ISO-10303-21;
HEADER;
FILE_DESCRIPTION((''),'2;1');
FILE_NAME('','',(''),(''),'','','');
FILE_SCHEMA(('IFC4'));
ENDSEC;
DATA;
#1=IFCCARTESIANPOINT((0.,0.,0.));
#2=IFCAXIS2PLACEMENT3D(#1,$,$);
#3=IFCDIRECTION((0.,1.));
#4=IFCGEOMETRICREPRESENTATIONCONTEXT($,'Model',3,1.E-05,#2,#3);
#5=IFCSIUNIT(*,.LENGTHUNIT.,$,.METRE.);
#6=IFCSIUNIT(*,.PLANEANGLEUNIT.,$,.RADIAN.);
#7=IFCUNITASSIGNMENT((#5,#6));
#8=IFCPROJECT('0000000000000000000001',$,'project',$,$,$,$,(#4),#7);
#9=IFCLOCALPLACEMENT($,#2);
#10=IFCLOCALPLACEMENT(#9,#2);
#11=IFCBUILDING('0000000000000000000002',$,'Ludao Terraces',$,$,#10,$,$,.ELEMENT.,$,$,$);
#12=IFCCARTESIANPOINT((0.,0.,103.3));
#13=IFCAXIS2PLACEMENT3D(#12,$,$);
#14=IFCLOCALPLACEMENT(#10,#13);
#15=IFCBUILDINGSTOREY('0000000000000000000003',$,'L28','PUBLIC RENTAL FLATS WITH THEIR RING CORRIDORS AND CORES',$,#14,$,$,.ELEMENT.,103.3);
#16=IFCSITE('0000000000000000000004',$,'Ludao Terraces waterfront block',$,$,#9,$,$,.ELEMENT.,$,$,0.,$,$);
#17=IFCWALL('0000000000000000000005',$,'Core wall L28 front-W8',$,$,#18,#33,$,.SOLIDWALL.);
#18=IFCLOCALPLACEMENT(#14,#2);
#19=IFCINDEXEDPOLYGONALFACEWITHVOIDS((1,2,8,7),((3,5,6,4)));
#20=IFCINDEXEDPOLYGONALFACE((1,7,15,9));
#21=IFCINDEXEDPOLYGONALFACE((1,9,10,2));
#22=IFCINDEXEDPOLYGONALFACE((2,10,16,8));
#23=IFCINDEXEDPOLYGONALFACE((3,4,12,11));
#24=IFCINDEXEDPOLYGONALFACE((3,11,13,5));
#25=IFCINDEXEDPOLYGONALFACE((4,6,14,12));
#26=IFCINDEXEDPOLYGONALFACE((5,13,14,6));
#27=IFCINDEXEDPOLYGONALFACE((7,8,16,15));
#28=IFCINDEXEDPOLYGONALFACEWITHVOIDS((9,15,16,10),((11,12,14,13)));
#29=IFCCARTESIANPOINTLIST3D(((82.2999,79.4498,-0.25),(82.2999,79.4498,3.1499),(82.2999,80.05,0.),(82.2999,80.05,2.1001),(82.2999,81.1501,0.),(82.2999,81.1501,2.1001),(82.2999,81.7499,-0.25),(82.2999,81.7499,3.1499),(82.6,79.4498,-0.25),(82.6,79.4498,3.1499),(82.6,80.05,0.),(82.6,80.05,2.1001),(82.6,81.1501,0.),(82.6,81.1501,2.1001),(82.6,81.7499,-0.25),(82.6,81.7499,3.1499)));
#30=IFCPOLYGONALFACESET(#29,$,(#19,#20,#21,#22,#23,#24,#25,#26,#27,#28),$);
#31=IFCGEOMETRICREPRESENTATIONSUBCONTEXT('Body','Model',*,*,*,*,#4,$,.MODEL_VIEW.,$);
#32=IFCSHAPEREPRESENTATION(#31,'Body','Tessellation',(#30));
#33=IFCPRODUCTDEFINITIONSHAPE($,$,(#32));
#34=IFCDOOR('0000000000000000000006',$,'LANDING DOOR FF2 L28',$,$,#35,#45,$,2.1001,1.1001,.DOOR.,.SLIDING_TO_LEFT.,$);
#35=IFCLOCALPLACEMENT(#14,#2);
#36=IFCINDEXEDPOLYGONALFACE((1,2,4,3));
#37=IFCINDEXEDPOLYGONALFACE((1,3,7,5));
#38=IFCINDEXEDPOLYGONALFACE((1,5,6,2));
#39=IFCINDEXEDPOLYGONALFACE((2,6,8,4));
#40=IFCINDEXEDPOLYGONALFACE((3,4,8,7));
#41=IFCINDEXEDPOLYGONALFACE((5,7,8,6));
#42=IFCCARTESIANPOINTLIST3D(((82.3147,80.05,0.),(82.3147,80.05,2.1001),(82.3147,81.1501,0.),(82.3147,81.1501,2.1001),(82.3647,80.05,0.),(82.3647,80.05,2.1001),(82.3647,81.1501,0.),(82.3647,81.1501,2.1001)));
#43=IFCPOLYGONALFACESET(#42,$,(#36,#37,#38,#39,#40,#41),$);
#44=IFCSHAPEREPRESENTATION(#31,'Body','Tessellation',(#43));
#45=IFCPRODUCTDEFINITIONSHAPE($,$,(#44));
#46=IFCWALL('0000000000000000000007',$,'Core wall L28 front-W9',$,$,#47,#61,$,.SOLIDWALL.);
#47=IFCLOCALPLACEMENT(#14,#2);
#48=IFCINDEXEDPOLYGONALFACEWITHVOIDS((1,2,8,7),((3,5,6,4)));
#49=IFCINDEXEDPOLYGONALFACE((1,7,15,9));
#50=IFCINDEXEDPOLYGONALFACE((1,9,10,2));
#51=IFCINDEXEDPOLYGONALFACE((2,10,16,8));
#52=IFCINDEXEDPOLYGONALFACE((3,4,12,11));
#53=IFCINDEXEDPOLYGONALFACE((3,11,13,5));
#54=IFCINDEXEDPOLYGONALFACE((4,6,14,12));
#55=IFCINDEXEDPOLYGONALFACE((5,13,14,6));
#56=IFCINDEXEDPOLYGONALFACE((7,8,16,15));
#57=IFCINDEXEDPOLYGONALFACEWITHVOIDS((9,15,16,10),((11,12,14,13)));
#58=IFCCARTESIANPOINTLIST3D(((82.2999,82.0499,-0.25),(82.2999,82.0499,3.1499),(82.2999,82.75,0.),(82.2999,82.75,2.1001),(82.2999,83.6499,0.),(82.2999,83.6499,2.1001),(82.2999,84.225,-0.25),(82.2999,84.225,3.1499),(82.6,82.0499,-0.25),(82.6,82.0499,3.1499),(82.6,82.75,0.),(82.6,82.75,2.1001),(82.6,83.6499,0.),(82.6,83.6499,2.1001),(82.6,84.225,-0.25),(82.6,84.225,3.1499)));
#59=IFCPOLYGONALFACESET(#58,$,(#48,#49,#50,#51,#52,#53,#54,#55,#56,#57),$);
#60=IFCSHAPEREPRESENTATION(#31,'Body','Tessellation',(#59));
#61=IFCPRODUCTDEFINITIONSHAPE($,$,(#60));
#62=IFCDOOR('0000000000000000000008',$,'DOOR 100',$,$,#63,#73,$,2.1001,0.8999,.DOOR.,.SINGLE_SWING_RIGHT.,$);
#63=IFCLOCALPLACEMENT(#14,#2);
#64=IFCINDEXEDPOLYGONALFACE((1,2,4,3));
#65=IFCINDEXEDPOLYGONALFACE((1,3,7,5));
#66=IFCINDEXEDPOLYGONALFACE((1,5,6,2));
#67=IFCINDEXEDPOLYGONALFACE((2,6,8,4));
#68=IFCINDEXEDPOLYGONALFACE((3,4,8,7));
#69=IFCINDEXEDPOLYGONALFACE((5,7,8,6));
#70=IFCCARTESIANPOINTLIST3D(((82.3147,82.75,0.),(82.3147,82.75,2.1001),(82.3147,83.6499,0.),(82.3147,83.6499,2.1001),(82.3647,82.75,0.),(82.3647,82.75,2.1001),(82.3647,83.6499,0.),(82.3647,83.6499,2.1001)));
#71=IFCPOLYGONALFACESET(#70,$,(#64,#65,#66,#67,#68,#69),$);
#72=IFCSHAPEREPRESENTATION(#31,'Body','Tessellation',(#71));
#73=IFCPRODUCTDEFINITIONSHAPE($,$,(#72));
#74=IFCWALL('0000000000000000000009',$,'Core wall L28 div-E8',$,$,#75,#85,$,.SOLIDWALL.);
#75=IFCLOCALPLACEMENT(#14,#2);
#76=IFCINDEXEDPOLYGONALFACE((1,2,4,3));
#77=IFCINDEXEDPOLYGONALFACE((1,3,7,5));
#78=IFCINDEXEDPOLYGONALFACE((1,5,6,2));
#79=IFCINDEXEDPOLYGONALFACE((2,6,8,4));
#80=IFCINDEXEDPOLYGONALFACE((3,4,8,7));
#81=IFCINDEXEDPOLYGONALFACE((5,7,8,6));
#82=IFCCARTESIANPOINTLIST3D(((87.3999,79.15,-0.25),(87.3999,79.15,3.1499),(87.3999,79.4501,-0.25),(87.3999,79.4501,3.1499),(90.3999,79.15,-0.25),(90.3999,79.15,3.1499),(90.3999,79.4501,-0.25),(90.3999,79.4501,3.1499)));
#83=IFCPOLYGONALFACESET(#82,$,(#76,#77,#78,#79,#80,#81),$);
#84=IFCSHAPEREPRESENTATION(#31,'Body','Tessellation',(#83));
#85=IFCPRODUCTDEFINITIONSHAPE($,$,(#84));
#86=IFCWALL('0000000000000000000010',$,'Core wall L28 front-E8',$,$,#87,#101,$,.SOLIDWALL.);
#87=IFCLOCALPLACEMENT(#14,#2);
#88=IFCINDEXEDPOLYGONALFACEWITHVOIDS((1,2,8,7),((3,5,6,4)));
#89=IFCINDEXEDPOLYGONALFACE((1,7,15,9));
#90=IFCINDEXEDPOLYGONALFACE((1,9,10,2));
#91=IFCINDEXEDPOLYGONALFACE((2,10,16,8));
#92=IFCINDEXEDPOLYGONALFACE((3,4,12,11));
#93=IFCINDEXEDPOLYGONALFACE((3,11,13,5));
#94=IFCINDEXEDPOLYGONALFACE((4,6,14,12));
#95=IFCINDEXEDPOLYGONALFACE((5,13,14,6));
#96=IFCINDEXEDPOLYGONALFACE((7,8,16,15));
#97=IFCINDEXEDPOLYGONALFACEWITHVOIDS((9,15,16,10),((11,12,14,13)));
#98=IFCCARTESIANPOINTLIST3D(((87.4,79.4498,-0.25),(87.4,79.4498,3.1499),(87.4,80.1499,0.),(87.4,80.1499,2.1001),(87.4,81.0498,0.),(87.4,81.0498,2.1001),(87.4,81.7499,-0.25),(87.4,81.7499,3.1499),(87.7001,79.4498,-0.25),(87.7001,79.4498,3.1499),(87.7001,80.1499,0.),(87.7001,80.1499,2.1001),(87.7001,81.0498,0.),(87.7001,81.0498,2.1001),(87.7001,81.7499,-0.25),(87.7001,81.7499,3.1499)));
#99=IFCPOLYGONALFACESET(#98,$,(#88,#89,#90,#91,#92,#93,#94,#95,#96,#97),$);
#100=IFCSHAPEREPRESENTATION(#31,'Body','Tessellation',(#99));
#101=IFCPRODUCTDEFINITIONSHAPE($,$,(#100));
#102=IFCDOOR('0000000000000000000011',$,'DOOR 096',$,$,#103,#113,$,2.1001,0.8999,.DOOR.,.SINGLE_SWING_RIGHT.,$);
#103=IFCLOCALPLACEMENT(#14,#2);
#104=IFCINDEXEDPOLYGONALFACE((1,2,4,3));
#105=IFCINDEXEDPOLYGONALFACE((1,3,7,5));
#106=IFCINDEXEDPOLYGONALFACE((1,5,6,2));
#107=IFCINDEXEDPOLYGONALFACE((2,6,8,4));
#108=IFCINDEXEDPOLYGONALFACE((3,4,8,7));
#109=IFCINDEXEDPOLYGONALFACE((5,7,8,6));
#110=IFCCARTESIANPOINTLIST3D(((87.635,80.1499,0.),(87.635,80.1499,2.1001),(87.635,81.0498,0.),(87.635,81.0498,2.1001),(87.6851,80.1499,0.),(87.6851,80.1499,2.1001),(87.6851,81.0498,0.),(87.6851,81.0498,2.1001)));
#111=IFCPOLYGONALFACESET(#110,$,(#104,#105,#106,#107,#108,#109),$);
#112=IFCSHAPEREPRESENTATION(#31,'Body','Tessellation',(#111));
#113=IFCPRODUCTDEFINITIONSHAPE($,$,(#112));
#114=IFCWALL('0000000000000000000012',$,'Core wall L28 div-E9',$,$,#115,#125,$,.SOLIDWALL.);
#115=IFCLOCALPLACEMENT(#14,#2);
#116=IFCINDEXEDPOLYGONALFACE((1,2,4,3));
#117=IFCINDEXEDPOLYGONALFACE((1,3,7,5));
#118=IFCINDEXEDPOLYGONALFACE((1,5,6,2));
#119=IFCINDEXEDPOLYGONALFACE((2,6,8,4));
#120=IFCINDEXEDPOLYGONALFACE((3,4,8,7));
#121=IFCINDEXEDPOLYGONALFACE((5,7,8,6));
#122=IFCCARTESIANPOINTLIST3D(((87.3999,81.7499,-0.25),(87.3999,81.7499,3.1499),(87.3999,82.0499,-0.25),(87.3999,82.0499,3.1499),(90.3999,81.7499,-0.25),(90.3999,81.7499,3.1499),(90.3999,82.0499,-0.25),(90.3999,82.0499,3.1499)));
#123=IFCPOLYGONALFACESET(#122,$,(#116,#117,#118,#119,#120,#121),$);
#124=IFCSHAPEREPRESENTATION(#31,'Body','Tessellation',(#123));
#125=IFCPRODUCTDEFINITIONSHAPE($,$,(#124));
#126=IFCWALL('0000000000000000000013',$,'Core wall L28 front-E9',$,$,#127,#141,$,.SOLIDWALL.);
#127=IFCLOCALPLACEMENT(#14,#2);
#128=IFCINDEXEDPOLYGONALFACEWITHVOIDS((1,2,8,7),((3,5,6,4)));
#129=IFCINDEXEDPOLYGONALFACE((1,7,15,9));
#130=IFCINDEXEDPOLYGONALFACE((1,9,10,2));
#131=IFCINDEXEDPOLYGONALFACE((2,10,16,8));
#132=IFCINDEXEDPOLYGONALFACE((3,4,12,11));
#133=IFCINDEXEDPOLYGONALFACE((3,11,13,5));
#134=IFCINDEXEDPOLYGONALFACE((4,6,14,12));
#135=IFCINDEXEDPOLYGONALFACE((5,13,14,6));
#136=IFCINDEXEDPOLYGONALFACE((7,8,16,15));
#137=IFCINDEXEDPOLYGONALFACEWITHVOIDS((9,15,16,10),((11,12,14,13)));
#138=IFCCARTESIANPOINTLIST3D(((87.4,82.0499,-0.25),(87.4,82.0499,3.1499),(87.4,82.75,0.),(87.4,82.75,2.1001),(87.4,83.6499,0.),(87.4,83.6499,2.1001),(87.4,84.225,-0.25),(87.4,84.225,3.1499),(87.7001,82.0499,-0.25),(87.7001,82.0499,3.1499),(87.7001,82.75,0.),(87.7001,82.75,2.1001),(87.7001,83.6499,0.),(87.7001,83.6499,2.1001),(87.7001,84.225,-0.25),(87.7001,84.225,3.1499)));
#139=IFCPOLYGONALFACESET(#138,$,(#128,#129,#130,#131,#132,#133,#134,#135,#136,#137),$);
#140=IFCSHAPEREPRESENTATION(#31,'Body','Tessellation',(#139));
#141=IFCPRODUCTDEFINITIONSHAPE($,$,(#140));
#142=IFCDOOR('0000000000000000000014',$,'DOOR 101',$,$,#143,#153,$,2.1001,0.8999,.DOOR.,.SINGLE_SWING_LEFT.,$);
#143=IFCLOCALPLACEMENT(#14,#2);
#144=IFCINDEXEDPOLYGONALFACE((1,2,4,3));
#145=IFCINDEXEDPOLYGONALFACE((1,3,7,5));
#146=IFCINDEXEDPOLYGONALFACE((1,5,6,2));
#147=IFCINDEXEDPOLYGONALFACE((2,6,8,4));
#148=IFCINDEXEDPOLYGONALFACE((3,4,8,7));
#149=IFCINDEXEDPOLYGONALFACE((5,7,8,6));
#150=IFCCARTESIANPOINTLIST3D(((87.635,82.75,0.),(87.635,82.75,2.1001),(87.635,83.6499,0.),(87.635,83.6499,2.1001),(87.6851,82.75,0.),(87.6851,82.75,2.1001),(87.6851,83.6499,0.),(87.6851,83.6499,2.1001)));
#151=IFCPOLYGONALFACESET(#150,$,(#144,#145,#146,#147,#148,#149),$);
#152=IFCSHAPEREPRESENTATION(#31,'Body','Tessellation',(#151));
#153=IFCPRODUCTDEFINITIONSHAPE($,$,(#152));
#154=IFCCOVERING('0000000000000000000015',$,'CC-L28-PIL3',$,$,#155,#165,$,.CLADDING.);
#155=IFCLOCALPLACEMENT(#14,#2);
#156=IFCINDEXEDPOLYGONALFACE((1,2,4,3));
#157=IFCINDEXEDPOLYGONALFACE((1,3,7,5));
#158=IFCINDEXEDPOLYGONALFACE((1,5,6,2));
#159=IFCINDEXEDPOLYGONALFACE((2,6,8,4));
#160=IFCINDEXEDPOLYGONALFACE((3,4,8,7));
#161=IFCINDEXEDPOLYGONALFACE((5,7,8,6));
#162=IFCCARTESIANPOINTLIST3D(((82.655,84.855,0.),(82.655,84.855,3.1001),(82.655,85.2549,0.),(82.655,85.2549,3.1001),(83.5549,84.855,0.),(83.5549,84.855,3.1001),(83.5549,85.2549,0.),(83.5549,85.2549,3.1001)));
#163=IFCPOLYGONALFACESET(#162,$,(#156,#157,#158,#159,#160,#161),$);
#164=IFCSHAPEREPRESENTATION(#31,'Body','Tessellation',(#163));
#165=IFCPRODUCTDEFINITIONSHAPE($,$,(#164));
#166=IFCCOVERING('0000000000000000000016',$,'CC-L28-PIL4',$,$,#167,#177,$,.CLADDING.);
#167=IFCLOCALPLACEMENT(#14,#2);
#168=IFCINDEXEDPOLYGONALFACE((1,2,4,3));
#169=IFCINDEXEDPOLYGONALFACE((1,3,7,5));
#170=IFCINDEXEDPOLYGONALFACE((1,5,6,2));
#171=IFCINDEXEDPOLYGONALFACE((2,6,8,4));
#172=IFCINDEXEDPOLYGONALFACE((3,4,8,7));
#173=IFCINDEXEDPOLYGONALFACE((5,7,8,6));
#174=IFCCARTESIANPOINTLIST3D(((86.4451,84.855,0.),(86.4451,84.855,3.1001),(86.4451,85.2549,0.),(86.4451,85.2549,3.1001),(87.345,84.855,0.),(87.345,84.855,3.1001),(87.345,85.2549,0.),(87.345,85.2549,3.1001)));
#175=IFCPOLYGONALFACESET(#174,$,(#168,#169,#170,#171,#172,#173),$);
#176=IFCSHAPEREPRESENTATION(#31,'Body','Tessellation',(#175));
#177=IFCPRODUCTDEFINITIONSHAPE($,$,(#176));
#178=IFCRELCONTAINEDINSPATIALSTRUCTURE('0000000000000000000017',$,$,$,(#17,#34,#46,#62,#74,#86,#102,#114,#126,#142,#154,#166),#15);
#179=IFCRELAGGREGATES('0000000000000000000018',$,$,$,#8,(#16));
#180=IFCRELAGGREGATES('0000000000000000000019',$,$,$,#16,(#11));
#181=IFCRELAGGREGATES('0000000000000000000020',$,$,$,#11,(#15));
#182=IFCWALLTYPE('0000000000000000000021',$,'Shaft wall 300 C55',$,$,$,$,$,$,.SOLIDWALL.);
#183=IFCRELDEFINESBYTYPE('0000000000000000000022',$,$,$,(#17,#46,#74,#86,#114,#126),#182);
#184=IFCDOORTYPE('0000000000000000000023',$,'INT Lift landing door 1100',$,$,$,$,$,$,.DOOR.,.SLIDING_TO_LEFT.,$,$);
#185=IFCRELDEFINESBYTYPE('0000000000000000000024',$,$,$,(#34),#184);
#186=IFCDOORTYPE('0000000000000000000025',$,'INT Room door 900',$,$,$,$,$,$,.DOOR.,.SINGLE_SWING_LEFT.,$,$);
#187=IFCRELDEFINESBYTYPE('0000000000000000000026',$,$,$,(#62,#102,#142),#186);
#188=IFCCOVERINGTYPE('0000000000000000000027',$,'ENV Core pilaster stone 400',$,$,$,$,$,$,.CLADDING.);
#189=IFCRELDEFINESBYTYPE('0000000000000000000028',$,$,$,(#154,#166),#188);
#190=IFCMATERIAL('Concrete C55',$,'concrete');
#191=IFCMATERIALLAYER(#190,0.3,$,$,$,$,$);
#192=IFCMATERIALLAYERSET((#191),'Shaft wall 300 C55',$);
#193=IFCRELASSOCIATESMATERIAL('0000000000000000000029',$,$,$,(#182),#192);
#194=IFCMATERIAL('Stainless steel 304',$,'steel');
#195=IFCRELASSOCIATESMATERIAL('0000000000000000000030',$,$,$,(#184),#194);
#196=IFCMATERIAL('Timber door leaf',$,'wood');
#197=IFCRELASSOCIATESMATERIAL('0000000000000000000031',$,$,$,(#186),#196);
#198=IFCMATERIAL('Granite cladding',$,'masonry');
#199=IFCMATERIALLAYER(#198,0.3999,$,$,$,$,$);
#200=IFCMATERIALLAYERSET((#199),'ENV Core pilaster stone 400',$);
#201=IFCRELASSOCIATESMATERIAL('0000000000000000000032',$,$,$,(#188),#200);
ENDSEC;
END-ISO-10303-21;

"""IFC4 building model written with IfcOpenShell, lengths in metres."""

from ifc_helpers import new_model, si_unit, direction, frame, frame_2d, origin, origin_2d, place, context, subcontext, project, spatial, rectangle, extrude, material, layer, layer_set, type_object, element, fill, save


model = new_model("IFC4")

# Units and contexts
model_context = context("Model", 3, precision=1e-05, world=origin(), true_north=direction((0.0, 1.0)))
body_context = subcontext(model_context, "Body", "Model", "MODEL_VIEW")
ifc_project = project(units=[si_unit("LENGTHUNIT", "METRE"), si_unit("PLANEANGLEUNIT", "RADIAN")], contexts=[model_context])

# Site, building, storey
site_placement = place(None, origin())
site = spatial("IfcSite", under=ifc_project, at=site_placement, Name="Ludao Terraces waterfront block", CompositionType="ELEMENT", RefElevation=0.0)
building_placement = place(site_placement, origin())
building = spatial("IfcBuilding", under=site, at=building_placement, Name="Ludao Terraces", CompositionType="ELEMENT")
storey_placement = place(building_placement, frame((0.0, 0.0, 103.3)))
storey = spatial("IfcBuildingStorey", under=building, at=storey_placement, Name="L28", Description="PUBLIC RENTAL FLATS WITH THEIR RING CORRIDORS AND CORES", CompositionType="ELEMENT", Elevation=103.3)

# Walls, openings, doors
ifc_material_1 = material(Name="Concrete C55", Category="concrete")
ifc_layer_1 = layer(ifc_material_1, 0.3)
ifc_layer_set_1 = layer_set([ifc_layer_1], Name="Shaft wall 300 C55")
wall_type = type_object("IfcWallType", Name="Shaft wall 300 C55", PredefinedType="SOLIDWALL", material=ifc_layer_set_1)
wall_1_placement = place(storey_placement, frame((82.45, 79.45, -0.25), z_axis=(0.0, 0.0, 1.0), x_axis=(0.0, 1.0, 0.0)))
wall_1 = element("IfcWall", 1, at=wall_1_placement, inside=storey, type_object=wall_type, Name="Core wall L28 front-W8", PredefinedType="SOLIDWALL", context=body_context, shape_type="SweptSolid", body=[
    extrude(rectangle(XDim=2.3, YDim=0.3, at=frame_2d((1.1499, 0.0))), origin(), (0.0, 0.0, 1.0), 3.3999),
])
opening_1_placement = place(wall_1_placement, frame((0.6001, 0.0, 0.25)))
opening_1 = element("IfcOpeningElement", 2, at=opening_1_placement, cuts=wall_1, PredefinedType="OPENING", context=body_context, shape_type="SweptSolid", body=[
    extrude(rectangle(XDim=1.1001, YDim=2.1001, at=frame_2d((0.55, 1.05))), frame((0.0, 0.1602, 0.0), z_axis=(0.0, -1.0, 0.0), x_axis=(1.0, 0.0, 0.0)), (0.0, 0.0, 1.0), 0.3201),
])
ifc_material_2 = material(Name="Stainless steel 304", Category="steel")
door_type_1 = type_object("IfcDoorType", Name="INT Lift landing door 1100", OperationType="SLIDING_TO_LEFT", PredefinedType="DOOR", material=ifc_material_2)
door_1_placement = place(opening_1_placement, origin())
door_1 = element("IfcDoor", 3, at=door_1_placement, inside=storey, type_object=door_type_1, Name="LANDING DOOR FF2 L28", OperationType="SLIDING_TO_LEFT", OverallHeight=2.1001, OverallWidth=1.1001, PredefinedType="DOOR", context=body_context, shape_type="SweptSolid", body=[
    extrude(rectangle(XDim=1.1001, YDim=2.1001, at=frame_2d((0.55, 1.05))), frame((0.0, 0.1353, 0.0), z_axis=(0.0, -1.0, 0.0), x_axis=(1.0, 0.0, 0.0)), (0.0, 0.0, 1.0), 0.05),
])
fill(opening_1, door_1)
wall_2_placement = place(storey_placement, frame((82.45, 82.05, -0.25), z_axis=(0.0, 0.0, 1.0), x_axis=(0.0, 1.0, 0.0)))
wall_2 = element("IfcWall", 4, at=wall_2_placement, inside=storey, type_object=wall_type, Name="Core wall L28 front-W9", PredefinedType="SOLIDWALL", context=body_context, shape_type="SweptSolid", body=[
    extrude(rectangle(XDim=2.175, YDim=0.3, at=frame_2d((1.0874, 0.0))), origin(), (0.0, 0.0, 1.0), 3.3999),
])
opening_2_placement = place(wall_2_placement, frame((0.7, 0.0, 0.25)))
opening_2 = element("IfcOpeningElement", 5, at=opening_2_placement, cuts=wall_2, PredefinedType="OPENING", context=body_context, shape_type="SweptSolid", body=[
    extrude(rectangle(XDim=0.8999, YDim=2.1001, at=frame_2d((0.45, 1.05))), frame((0.0, 0.1602, 0.0), z_axis=(0.0, -1.0, 0.0), x_axis=(1.0, 0.0, 0.0)), (0.0, 0.0, 1.0), 0.3201),
])
ifc_material_3 = material(Name="Timber door leaf", Category="wood")
door_type_2 = type_object("IfcDoorType", Name="INT Room door 900", OperationType="SINGLE_SWING_LEFT", PredefinedType="DOOR", material=ifc_material_3)
door_2_placement = place(opening_2_placement, origin())
door_2 = element("IfcDoor", 6, at=door_2_placement, inside=storey, type_object=door_type_2, Name="DOOR 100", OperationType="SINGLE_SWING_RIGHT", OverallHeight=2.1001, OverallWidth=0.8999, PredefinedType="DOOR", context=body_context, shape_type="SweptSolid", body=[
    extrude(rectangle(XDim=0.8999, YDim=2.1001, at=frame_2d((0.45, 1.05))), frame((0.0, 0.1353, 0.0), z_axis=(0.0, -1.0, 0.0), x_axis=(1.0, 0.0, 0.0)), (0.0, 0.0, 1.0), 0.05),
])
fill(opening_2, door_2)

# Wall
wall_3_placement = place(storey_placement, frame((87.3999, 79.3, -0.25), z_axis=(0.0, 0.0, 1.0), x_axis=(1.0, 0.0, 0.0)))
element("IfcWall", 7, at=wall_3_placement, inside=storey, type_object=wall_type, Name="Core wall L28 div-E8", PredefinedType="SOLIDWALL", context=body_context, shape_type="SweptSolid", body=[
    extrude(rectangle(XDim=3.0, YDim=0.3, at=frame_2d((1.5, 0.0))), origin(), (0.0, 0.0, 1.0), 3.3999),
])

# Wall, opening, door
wall_4_placement = place(storey_placement, frame((87.55, 79.45, -0.25), z_axis=(0.0, 0.0, 1.0), x_axis=(0.0, 1.0, 0.0)))
wall_4 = element("IfcWall", 8, at=wall_4_placement, inside=storey, type_object=wall_type, Name="Core wall L28 front-E8", PredefinedType="SOLIDWALL", context=body_context, shape_type="SweptSolid", body=[
    extrude(rectangle(XDim=2.3, YDim=0.3, at=frame_2d((1.1499, 0.0))), origin(), (0.0, 0.0, 1.0), 3.3999),
])
opening_3_placement = place(wall_4_placement, frame((0.7, 0.0, 0.25)))
opening_3 = element("IfcOpeningElement", 9, at=opening_3_placement, cuts=wall_4, PredefinedType="OPENING", context=body_context, shape_type="SweptSolid", body=[
    extrude(rectangle(XDim=0.8999, YDim=2.1001, at=frame_2d((0.45, 1.05))), frame((0.0, 0.1602, 0.0), z_axis=(0.0, -1.0, 0.0), x_axis=(1.0, 0.0, 0.0)), (0.0, 0.0, 1.0), 0.3201),
])
door_3_placement = place(opening_3_placement, origin())
door_3 = element("IfcDoor", 10, at=door_3_placement, inside=storey, type_object=door_type_2, Name="DOOR 096", OperationType="SINGLE_SWING_RIGHT", OverallHeight=2.1001, OverallWidth=0.8999, PredefinedType="DOOR", context=body_context, shape_type="SweptSolid", body=[
    extrude(rectangle(XDim=0.8999, YDim=2.1001, at=frame_2d((0.45, 1.05))), frame((0.0, -0.085, 0.0), z_axis=(0.0, -1.0, 0.0), x_axis=(1.0, 0.0, 0.0)), (0.0, 0.0, 1.0), 0.05),
])
fill(opening_3, door_3)

# Wall
wall_5_placement = place(storey_placement, frame((87.3999, 81.8999, -0.25), z_axis=(0.0, 0.0, 1.0), x_axis=(1.0, 0.0, 0.0)))
element("IfcWall", 11, at=wall_5_placement, inside=storey, type_object=wall_type, Name="Core wall L28 div-E9", PredefinedType="SOLIDWALL", context=body_context, shape_type="SweptSolid", body=[
    extrude(rectangle(XDim=3.0, YDim=0.3, at=frame_2d((1.5, 0.0))), origin(), (0.0, 0.0, 1.0), 3.3999),
])

# Wall, opening, door
wall_6_placement = place(storey_placement, frame((87.55, 82.05, -0.25), z_axis=(0.0, 0.0, 1.0), x_axis=(0.0, 1.0, 0.0)))
wall_6 = element("IfcWall", 12, at=wall_6_placement, inside=storey, type_object=wall_type, Name="Core wall L28 front-E9", PredefinedType="SOLIDWALL", context=body_context, shape_type="SweptSolid", body=[
    extrude(rectangle(XDim=2.175, YDim=0.3, at=frame_2d((1.0874, 0.0))), origin(), (0.0, 0.0, 1.0), 3.3999),
])
opening_4_placement = place(wall_6_placement, frame((0.7, 0.0, 0.25)))
opening_4 = element("IfcOpeningElement", 13, at=opening_4_placement, cuts=wall_6, PredefinedType="OPENING", context=body_context, shape_type="SweptSolid", body=[
    extrude(rectangle(XDim=0.8999, YDim=2.1001, at=frame_2d((0.45, 1.05))), frame((0.0, 0.1602, 0.0), z_axis=(0.0, -1.0, 0.0), x_axis=(1.0, 0.0, 0.0)), (0.0, 0.0, 1.0), 0.3201),
])
door_4_placement = place(opening_4_placement, origin())
door_4 = element("IfcDoor", 14, at=door_4_placement, inside=storey, type_object=door_type_2, Name="DOOR 101", OperationType="SINGLE_SWING_LEFT", OverallHeight=2.1001, OverallWidth=0.8999, PredefinedType="DOOR", context=body_context, shape_type="SweptSolid", body=[
    extrude(rectangle(XDim=0.8999, YDim=2.1001, at=frame_2d((0.45, 1.05))), frame((0.0, -0.085, 0.0), z_axis=(0.0, -1.0, 0.0), x_axis=(1.0, 0.0, 0.0)), (0.0, 0.0, 1.0), 0.05),
])
fill(opening_4, door_4)

# Coverings
ifc_material_4 = material(Name="Granite cladding", Category="masonry")
ifc_layer_2 = layer(ifc_material_4, 0.3999)
ifc_layer_set_2 = layer_set([ifc_layer_2], Name="ENV Core pilaster stone 400")
covering_type_1 = type_object("IfcCoveringType", Name="ENV Core pilaster stone 400", PredefinedType="CLADDING", material=ifc_layer_set_2)
for number, where, z_axis, x_axis, name in (
    (15, (83.105, 85.0549, 0.0), (0.0, 0.0, 1.0), (1.0, 0.0, 0.0), "CC-L28-PIL3"),
    (16, (86.895, 85.0549, 0.0), (0.0, 0.0, 1.0), (1.0, 0.0, 0.0), "CC-L28-PIL4"),
):
    element("IfcCovering", number, at=place(storey_placement, frame(where, z_axis=z_axis, x_axis=x_axis)), inside=storey, type_object=covering_type_1, Name=name, PredefinedType="CLADDING", context=body_context, shape_type="SweptSolid", body=[
        extrude(rectangle(XDim=0.8999, YDim=0.3999, at=origin_2d()), origin(), (0.0, 0.0, 1.0), 3.1001),
    ])

save(model, "model.ifc")
